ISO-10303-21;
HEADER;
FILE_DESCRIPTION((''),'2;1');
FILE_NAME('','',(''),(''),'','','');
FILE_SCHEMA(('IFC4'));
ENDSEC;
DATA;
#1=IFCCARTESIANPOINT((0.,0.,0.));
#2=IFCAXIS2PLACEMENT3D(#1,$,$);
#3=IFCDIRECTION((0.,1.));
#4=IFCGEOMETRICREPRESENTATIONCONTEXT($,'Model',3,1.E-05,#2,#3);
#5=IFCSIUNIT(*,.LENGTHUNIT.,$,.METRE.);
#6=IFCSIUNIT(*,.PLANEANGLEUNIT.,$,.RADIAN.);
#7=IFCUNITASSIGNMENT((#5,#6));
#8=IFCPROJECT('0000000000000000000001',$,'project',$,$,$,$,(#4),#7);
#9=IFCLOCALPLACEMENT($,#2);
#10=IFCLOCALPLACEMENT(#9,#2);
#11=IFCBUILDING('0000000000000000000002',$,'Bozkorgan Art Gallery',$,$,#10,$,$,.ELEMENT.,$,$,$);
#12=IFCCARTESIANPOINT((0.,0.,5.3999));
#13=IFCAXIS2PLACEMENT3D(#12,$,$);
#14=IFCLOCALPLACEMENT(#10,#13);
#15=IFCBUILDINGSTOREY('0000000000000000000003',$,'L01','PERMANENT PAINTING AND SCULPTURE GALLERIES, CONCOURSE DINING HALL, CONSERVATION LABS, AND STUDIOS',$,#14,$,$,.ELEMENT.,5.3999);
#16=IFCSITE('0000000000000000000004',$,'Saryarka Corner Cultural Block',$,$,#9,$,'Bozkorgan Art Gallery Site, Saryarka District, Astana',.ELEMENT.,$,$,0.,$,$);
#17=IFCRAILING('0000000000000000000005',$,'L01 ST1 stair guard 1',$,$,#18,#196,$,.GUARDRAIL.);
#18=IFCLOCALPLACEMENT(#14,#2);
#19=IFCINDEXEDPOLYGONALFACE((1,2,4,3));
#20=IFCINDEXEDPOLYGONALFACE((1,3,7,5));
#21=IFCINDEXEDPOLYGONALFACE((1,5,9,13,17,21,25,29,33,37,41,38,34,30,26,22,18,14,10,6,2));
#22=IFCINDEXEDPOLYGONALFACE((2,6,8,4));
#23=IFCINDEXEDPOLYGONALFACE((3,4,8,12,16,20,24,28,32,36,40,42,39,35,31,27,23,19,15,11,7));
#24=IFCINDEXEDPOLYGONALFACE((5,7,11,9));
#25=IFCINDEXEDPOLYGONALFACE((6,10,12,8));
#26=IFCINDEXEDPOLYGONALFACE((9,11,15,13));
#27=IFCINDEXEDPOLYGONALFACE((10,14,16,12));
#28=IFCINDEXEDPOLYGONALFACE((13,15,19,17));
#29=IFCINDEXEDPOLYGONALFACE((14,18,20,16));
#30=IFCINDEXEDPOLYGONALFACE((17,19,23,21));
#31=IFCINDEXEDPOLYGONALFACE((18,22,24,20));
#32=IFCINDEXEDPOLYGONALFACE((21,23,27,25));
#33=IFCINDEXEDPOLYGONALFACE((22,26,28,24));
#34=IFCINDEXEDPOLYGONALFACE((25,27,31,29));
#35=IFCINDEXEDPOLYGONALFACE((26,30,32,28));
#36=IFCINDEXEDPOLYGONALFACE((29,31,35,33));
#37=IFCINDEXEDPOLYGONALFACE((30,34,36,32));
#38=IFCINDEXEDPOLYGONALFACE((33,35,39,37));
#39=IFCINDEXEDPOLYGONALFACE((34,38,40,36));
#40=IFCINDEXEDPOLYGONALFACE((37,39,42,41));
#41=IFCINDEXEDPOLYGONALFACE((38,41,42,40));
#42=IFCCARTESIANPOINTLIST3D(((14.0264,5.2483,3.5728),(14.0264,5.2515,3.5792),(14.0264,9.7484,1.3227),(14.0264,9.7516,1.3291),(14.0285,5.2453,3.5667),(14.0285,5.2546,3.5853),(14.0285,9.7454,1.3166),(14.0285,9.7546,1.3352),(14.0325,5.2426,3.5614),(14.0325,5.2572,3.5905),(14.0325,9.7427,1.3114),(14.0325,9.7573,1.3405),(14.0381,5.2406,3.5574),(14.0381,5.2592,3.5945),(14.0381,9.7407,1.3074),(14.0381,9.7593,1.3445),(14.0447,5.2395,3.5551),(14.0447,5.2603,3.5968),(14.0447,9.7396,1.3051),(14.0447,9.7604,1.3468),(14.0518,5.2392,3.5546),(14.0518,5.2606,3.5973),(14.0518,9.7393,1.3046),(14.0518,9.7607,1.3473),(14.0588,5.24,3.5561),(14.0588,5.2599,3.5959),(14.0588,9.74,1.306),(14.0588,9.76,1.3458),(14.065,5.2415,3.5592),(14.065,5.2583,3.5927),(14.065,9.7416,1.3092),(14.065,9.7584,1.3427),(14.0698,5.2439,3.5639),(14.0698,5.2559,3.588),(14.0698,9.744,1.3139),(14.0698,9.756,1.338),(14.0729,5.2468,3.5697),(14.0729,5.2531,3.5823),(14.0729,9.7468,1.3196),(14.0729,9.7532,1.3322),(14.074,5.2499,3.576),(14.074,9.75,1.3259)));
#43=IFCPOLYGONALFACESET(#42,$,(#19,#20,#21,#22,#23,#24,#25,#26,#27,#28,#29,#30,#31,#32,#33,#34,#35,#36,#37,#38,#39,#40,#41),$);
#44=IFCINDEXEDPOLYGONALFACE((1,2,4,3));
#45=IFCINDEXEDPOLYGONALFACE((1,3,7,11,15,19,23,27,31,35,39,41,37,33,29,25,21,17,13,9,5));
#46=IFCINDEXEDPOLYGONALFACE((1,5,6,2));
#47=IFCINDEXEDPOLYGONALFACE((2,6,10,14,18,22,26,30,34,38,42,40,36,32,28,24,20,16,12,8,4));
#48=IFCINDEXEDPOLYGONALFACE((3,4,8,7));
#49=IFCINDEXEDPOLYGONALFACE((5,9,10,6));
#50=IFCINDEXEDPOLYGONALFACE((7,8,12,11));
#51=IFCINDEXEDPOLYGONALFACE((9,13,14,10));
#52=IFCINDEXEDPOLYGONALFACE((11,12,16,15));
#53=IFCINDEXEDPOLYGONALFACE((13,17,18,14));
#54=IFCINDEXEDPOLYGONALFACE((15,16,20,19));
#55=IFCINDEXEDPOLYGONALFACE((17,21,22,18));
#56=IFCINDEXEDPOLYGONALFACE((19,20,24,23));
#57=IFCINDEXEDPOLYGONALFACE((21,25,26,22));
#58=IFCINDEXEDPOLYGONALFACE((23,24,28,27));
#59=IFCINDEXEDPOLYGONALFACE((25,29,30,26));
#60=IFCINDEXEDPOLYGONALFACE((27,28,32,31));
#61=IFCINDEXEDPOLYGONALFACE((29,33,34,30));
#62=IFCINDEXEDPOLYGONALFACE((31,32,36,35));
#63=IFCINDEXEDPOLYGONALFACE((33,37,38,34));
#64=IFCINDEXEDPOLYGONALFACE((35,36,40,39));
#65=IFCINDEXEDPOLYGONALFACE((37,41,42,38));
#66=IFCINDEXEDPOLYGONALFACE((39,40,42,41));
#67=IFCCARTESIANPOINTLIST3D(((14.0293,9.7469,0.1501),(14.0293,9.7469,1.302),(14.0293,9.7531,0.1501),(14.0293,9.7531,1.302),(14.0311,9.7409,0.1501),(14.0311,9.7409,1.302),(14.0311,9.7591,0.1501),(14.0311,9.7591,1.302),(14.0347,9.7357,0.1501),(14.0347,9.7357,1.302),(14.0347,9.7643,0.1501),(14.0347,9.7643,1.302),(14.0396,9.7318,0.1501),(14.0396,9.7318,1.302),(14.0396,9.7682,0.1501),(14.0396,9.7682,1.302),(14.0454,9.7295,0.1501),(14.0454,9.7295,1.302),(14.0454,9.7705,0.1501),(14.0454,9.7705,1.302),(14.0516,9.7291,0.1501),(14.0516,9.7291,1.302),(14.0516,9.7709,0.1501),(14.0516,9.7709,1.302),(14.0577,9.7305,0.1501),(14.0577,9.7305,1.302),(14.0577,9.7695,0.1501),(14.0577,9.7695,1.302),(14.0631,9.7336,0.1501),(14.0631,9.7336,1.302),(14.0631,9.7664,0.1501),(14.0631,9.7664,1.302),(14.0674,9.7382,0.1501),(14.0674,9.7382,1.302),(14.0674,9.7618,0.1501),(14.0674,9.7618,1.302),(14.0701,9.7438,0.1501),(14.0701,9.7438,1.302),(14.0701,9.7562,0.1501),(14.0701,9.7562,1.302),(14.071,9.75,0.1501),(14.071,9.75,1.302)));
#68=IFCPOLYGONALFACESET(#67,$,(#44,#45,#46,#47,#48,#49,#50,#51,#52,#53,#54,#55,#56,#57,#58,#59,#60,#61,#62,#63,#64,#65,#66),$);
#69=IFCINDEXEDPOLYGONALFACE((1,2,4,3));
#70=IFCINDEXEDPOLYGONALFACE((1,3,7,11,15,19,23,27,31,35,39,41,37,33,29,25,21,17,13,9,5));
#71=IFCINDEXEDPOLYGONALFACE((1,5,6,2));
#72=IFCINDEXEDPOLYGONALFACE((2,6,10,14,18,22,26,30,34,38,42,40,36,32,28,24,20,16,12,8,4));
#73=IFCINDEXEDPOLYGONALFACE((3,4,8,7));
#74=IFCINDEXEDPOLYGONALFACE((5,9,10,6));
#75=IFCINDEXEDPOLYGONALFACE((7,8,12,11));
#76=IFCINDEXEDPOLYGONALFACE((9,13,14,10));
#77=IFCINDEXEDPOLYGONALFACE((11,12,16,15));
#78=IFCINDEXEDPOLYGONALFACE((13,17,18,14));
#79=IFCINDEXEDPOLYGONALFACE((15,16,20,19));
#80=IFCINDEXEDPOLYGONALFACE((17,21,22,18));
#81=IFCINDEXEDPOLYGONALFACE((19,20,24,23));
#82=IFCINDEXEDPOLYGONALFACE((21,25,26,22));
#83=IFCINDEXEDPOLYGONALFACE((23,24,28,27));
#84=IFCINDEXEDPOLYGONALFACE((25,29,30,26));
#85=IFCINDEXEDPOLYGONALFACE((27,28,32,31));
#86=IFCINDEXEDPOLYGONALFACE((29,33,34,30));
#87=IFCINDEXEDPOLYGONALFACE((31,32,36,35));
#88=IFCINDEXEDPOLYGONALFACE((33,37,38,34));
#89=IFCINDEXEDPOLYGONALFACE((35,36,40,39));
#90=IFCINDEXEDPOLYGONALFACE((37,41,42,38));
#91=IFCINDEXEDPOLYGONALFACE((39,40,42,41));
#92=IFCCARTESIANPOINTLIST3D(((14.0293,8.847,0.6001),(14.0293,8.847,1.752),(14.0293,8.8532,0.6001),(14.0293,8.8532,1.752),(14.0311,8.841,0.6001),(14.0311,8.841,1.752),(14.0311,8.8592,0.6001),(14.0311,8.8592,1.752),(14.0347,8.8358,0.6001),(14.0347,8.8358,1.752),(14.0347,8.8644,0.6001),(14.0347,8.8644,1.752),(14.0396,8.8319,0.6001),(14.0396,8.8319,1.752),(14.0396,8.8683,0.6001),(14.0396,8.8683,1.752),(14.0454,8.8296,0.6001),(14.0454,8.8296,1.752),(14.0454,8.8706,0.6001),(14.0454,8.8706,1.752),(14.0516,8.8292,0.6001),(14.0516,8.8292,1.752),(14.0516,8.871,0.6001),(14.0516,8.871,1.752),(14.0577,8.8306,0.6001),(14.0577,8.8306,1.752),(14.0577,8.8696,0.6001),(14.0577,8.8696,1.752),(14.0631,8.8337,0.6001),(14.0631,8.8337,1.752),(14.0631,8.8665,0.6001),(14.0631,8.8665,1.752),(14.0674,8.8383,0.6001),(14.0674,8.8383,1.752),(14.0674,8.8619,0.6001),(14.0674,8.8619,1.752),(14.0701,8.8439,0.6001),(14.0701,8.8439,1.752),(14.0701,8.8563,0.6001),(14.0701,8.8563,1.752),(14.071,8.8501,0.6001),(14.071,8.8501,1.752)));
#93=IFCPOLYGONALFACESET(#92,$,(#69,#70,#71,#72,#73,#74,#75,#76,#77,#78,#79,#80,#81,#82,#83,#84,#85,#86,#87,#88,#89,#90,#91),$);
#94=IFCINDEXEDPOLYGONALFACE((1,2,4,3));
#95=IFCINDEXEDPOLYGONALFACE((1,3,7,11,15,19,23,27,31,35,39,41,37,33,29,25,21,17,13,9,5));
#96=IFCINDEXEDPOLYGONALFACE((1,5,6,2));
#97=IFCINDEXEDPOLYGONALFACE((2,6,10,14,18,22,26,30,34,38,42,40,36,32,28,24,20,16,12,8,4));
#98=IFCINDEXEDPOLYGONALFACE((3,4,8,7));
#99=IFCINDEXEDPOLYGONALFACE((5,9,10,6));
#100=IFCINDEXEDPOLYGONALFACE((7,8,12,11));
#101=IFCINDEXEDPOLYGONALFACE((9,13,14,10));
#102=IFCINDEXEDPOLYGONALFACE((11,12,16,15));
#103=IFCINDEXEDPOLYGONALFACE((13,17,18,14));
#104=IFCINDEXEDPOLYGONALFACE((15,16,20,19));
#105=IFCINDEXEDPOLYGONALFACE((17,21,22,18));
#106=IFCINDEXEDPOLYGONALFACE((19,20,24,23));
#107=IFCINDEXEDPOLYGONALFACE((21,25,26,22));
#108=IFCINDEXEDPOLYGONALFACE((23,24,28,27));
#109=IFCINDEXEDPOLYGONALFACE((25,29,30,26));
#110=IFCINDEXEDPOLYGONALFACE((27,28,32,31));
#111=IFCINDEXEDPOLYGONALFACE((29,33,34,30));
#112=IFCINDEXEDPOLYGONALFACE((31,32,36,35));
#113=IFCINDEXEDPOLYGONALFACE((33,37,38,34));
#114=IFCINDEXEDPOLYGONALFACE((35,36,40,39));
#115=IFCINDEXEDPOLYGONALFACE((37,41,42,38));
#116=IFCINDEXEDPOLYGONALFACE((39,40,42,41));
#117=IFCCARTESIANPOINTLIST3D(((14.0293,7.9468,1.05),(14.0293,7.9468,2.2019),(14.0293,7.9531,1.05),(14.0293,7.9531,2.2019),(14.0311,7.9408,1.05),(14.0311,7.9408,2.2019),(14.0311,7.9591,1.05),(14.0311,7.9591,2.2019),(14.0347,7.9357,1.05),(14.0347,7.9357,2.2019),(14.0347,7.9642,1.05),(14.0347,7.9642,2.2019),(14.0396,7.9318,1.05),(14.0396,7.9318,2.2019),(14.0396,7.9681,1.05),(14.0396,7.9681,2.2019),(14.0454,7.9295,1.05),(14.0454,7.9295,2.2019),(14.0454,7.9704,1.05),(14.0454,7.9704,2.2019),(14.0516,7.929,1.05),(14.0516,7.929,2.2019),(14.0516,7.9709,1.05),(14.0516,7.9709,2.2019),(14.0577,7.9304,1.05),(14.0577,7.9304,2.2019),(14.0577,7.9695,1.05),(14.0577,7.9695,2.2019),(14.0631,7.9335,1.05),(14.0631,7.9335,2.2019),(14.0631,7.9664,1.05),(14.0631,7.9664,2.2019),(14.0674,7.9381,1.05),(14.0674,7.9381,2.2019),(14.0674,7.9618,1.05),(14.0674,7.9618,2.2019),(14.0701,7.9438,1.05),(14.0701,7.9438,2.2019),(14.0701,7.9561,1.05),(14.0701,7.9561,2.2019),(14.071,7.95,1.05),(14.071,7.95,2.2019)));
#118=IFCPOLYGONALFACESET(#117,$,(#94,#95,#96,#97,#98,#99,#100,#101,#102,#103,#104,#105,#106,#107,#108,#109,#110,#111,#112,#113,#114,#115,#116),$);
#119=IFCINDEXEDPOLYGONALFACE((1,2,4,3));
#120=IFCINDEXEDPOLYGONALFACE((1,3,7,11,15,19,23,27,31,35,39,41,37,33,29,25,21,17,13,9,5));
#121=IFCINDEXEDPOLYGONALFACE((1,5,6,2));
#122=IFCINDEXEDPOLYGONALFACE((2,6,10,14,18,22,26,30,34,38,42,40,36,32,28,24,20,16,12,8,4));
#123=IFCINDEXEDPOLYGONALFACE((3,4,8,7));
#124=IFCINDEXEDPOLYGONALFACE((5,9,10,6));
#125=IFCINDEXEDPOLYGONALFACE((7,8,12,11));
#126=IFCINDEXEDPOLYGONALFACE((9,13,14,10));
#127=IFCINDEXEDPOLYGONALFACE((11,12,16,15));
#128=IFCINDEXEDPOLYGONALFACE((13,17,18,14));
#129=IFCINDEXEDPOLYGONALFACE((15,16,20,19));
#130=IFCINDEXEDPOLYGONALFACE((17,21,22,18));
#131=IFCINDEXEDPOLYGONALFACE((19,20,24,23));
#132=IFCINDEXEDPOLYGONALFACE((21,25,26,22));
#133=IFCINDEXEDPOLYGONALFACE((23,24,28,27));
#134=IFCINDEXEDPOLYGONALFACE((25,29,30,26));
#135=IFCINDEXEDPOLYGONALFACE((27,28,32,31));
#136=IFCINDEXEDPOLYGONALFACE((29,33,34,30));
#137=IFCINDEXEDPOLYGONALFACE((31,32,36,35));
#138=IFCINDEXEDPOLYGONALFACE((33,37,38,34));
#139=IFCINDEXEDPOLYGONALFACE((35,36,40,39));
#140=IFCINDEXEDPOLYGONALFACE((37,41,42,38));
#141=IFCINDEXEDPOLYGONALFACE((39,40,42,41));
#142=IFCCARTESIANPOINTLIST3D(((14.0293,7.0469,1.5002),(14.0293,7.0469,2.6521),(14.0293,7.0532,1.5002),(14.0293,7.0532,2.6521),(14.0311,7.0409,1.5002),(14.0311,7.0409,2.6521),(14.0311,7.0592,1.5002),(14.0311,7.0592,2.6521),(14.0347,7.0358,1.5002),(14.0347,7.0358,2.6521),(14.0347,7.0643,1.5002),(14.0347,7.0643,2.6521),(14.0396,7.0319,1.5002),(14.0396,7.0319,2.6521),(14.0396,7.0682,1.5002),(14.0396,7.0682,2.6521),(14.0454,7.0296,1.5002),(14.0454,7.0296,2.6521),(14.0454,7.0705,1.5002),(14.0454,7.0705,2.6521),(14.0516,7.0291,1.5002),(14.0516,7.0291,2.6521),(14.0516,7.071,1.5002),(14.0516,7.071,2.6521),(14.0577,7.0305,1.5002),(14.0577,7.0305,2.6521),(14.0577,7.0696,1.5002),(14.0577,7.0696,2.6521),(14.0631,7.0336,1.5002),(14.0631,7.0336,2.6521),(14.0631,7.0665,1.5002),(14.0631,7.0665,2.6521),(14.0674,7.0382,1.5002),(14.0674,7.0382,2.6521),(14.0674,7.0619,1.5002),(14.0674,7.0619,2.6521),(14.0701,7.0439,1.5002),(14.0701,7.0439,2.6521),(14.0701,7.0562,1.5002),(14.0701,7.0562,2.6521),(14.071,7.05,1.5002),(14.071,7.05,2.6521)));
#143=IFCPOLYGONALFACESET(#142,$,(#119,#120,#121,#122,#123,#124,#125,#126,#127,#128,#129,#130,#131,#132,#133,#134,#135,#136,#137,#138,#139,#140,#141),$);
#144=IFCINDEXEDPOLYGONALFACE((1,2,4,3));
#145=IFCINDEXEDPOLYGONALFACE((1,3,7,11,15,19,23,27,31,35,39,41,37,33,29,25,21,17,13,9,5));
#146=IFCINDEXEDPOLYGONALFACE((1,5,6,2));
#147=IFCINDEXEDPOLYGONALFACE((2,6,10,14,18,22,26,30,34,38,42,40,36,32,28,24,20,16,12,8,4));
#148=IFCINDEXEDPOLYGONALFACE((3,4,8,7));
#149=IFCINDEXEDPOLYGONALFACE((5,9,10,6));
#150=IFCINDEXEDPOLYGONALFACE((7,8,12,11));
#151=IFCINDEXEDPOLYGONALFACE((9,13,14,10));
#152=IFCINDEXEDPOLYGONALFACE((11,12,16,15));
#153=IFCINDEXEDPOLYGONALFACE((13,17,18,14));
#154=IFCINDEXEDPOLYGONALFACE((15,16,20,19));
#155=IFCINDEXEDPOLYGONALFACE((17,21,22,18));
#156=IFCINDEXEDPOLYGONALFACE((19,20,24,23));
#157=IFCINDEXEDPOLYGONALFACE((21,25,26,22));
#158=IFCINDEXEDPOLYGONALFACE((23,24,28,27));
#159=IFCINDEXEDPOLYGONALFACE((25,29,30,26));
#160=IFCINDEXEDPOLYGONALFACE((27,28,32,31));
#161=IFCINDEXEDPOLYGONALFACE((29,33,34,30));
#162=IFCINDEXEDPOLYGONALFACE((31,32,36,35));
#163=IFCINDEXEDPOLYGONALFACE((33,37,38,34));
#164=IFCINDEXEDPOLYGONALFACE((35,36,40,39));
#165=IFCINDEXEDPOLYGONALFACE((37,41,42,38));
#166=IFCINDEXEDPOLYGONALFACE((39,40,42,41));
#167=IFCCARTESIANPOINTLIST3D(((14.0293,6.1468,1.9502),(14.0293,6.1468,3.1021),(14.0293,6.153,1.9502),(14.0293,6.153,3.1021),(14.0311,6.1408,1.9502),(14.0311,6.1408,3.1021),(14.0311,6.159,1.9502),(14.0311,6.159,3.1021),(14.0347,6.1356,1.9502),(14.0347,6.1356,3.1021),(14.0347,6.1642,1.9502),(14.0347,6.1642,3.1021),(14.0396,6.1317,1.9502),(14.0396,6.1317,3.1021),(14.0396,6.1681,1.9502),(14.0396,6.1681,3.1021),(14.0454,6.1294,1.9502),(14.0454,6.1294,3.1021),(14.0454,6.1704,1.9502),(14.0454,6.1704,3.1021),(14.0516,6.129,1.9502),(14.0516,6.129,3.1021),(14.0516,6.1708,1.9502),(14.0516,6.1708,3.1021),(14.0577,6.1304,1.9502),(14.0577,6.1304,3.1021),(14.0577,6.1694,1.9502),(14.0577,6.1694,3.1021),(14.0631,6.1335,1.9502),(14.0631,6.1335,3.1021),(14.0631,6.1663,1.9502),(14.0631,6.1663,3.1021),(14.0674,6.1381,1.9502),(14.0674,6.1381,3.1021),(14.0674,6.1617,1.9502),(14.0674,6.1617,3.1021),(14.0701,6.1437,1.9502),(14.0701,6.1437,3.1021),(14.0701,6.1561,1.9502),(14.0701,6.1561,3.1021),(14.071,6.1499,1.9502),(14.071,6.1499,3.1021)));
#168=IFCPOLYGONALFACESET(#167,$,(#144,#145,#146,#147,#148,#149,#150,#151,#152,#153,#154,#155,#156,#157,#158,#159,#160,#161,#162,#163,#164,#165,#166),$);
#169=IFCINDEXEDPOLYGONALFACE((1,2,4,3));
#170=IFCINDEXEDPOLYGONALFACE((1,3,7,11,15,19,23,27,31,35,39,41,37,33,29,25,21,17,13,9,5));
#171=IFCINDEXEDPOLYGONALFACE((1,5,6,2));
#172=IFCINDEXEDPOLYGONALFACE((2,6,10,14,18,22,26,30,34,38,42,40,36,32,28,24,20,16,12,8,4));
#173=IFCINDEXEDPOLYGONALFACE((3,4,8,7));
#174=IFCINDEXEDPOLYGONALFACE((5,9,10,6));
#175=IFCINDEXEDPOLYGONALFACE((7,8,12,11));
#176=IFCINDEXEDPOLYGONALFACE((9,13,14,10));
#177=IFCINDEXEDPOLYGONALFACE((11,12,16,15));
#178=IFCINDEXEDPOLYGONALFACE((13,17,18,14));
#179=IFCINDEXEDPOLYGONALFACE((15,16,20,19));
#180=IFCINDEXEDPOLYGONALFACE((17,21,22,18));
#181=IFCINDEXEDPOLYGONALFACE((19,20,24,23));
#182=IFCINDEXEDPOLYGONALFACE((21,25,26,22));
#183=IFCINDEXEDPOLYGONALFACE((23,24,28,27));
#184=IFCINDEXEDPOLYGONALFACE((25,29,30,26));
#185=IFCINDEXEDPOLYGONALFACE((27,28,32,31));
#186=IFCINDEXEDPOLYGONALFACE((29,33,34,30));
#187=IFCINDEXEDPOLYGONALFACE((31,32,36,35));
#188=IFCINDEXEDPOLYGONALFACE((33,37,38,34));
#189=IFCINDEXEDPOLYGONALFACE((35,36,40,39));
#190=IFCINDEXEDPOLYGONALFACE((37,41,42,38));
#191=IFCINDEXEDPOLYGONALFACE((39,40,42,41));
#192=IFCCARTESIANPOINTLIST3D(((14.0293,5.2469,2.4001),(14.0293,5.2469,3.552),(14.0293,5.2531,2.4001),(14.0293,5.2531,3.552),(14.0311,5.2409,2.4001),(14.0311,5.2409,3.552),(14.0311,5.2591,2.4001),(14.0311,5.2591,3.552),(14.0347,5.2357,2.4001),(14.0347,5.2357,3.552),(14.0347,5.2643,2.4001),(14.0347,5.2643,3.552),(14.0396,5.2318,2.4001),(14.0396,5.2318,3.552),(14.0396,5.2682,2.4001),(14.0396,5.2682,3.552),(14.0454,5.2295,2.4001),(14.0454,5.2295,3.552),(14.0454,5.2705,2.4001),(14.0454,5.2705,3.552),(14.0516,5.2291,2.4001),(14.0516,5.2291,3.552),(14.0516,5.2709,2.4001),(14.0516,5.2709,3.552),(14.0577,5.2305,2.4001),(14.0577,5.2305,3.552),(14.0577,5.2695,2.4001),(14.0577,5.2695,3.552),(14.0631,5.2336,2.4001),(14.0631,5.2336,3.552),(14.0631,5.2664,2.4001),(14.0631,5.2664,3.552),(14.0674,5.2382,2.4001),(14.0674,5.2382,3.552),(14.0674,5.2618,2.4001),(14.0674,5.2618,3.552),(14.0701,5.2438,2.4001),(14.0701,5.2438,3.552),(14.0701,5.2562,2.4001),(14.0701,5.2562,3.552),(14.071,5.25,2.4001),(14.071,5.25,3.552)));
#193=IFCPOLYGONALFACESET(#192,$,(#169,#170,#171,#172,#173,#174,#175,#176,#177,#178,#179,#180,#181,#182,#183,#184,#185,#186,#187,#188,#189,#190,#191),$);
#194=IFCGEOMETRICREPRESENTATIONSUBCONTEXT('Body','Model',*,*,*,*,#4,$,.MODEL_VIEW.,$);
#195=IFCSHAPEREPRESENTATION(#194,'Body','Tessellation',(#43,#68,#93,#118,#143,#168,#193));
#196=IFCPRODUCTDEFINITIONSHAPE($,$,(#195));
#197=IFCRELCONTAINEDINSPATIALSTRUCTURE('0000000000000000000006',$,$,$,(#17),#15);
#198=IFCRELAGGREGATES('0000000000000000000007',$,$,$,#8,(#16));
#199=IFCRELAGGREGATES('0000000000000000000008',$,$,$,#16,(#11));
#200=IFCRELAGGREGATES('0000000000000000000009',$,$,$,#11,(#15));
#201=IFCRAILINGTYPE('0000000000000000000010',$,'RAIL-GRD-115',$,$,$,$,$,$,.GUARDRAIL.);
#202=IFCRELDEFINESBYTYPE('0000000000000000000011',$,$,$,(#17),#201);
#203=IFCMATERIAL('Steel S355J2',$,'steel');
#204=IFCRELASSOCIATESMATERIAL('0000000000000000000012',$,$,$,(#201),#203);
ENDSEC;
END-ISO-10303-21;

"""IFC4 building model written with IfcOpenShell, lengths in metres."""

from ifc_helpers import new_model, si_unit, direction, frame, origin, origin_2d, place, context, subcontext, project, spatial, circle, extrude, material, type_object, element, save


model = new_model("IFC4")

# Units and contexts
model_context = context("Model", 3, precision=1e-05, world=origin(), true_north=direction((0.0, 1.0)))
body_context = subcontext(model_context, "Body", "Model", "MODEL_VIEW")
ifc_project = project(units=[si_unit("LENGTHUNIT", "METRE"), si_unit("PLANEANGLEUNIT", "RADIAN")], contexts=[model_context])

# Site, building, storey
site_placement = place(None, origin())
site = spatial("IfcSite", under=ifc_project, at=site_placement, Name="Saryarka Corner Cultural Block", LongName="Bozkorgan Art Gallery Site, Saryarka District, Astana", CompositionType="ELEMENT", RefElevation=0.0)
building_placement = place(site_placement, origin())
building = spatial("IfcBuilding", under=site, at=building_placement, Name="Bozkorgan Art Gallery", CompositionType="ELEMENT")
storey_placement = place(building_placement, frame((0.0, 0.0, 5.3999)))
storey = spatial("IfcBuildingStorey", under=building, at=storey_placement, Name="L01", Description="PERMANENT PAINTING AND SCULPTURE GALLERIES, CONCOURSE DINING HALL, CONSERVATION LABS, AND STUDIOS", CompositionType="ELEMENT", Elevation=5.3999)

# Shared definitions
ifc_material_1 = material(Name="Steel S355J2", Category="steel")

# Railing
railing_type_1 = type_object("IfcRailingType", Name="RAIL-GRD-115", PredefinedType="GUARDRAIL", material=ifc_material_1)
railing_1_placement = place(storey_placement, frame((14.05, 9.75, 0.1501)))
element("IfcRailing", 1, at=railing_1_placement, inside=storey, type_object=railing_type_1, Name="L01 ST1 stair guard 1", PredefinedType="GUARDRAIL", context=body_context, shape_type="SweptSolid", body=[
    extrude(circle(Radius=0.0239, at=origin_2d()), frame((0.0, 0.0, 1.1758), z_axis=(0.0, -0.894427, 0.447214), x_axis=(1.0, 0.0, 0.0)), (0.0, 0.0, 1.0), 5.0312),
    extrude(circle(Radius=0.021, at=origin_2d()), origin(), (0.0, 0.0, 1.0), 1.1519),
    extrude(circle(Radius=0.021, at=origin_2d()), frame((0.0, -0.8999, 0.45)), (0.0, 0.0, 1.0), 1.1519),
    extrude(circle(Radius=0.021, at=origin_2d()), frame((0.0, -1.8, 0.8999)), (0.0, 0.0, 1.0), 1.1519),
    extrude(circle(Radius=0.021, at=origin_2d()), frame((0.0, -2.7, 1.3501)), (0.0, 0.0, 1.0), 1.1519),
    extrude(circle(Radius=0.021, at=origin_2d()), frame((0.0, -3.6001, 1.8)), (0.0, 0.0, 1.0), 1.1519),
    extrude(circle(Radius=0.021, at=origin_2d()), frame((0.0, -4.5, 2.25)), (0.0, 0.0, 1.0), 1.1519),
])

save(model, "model.ifc")
